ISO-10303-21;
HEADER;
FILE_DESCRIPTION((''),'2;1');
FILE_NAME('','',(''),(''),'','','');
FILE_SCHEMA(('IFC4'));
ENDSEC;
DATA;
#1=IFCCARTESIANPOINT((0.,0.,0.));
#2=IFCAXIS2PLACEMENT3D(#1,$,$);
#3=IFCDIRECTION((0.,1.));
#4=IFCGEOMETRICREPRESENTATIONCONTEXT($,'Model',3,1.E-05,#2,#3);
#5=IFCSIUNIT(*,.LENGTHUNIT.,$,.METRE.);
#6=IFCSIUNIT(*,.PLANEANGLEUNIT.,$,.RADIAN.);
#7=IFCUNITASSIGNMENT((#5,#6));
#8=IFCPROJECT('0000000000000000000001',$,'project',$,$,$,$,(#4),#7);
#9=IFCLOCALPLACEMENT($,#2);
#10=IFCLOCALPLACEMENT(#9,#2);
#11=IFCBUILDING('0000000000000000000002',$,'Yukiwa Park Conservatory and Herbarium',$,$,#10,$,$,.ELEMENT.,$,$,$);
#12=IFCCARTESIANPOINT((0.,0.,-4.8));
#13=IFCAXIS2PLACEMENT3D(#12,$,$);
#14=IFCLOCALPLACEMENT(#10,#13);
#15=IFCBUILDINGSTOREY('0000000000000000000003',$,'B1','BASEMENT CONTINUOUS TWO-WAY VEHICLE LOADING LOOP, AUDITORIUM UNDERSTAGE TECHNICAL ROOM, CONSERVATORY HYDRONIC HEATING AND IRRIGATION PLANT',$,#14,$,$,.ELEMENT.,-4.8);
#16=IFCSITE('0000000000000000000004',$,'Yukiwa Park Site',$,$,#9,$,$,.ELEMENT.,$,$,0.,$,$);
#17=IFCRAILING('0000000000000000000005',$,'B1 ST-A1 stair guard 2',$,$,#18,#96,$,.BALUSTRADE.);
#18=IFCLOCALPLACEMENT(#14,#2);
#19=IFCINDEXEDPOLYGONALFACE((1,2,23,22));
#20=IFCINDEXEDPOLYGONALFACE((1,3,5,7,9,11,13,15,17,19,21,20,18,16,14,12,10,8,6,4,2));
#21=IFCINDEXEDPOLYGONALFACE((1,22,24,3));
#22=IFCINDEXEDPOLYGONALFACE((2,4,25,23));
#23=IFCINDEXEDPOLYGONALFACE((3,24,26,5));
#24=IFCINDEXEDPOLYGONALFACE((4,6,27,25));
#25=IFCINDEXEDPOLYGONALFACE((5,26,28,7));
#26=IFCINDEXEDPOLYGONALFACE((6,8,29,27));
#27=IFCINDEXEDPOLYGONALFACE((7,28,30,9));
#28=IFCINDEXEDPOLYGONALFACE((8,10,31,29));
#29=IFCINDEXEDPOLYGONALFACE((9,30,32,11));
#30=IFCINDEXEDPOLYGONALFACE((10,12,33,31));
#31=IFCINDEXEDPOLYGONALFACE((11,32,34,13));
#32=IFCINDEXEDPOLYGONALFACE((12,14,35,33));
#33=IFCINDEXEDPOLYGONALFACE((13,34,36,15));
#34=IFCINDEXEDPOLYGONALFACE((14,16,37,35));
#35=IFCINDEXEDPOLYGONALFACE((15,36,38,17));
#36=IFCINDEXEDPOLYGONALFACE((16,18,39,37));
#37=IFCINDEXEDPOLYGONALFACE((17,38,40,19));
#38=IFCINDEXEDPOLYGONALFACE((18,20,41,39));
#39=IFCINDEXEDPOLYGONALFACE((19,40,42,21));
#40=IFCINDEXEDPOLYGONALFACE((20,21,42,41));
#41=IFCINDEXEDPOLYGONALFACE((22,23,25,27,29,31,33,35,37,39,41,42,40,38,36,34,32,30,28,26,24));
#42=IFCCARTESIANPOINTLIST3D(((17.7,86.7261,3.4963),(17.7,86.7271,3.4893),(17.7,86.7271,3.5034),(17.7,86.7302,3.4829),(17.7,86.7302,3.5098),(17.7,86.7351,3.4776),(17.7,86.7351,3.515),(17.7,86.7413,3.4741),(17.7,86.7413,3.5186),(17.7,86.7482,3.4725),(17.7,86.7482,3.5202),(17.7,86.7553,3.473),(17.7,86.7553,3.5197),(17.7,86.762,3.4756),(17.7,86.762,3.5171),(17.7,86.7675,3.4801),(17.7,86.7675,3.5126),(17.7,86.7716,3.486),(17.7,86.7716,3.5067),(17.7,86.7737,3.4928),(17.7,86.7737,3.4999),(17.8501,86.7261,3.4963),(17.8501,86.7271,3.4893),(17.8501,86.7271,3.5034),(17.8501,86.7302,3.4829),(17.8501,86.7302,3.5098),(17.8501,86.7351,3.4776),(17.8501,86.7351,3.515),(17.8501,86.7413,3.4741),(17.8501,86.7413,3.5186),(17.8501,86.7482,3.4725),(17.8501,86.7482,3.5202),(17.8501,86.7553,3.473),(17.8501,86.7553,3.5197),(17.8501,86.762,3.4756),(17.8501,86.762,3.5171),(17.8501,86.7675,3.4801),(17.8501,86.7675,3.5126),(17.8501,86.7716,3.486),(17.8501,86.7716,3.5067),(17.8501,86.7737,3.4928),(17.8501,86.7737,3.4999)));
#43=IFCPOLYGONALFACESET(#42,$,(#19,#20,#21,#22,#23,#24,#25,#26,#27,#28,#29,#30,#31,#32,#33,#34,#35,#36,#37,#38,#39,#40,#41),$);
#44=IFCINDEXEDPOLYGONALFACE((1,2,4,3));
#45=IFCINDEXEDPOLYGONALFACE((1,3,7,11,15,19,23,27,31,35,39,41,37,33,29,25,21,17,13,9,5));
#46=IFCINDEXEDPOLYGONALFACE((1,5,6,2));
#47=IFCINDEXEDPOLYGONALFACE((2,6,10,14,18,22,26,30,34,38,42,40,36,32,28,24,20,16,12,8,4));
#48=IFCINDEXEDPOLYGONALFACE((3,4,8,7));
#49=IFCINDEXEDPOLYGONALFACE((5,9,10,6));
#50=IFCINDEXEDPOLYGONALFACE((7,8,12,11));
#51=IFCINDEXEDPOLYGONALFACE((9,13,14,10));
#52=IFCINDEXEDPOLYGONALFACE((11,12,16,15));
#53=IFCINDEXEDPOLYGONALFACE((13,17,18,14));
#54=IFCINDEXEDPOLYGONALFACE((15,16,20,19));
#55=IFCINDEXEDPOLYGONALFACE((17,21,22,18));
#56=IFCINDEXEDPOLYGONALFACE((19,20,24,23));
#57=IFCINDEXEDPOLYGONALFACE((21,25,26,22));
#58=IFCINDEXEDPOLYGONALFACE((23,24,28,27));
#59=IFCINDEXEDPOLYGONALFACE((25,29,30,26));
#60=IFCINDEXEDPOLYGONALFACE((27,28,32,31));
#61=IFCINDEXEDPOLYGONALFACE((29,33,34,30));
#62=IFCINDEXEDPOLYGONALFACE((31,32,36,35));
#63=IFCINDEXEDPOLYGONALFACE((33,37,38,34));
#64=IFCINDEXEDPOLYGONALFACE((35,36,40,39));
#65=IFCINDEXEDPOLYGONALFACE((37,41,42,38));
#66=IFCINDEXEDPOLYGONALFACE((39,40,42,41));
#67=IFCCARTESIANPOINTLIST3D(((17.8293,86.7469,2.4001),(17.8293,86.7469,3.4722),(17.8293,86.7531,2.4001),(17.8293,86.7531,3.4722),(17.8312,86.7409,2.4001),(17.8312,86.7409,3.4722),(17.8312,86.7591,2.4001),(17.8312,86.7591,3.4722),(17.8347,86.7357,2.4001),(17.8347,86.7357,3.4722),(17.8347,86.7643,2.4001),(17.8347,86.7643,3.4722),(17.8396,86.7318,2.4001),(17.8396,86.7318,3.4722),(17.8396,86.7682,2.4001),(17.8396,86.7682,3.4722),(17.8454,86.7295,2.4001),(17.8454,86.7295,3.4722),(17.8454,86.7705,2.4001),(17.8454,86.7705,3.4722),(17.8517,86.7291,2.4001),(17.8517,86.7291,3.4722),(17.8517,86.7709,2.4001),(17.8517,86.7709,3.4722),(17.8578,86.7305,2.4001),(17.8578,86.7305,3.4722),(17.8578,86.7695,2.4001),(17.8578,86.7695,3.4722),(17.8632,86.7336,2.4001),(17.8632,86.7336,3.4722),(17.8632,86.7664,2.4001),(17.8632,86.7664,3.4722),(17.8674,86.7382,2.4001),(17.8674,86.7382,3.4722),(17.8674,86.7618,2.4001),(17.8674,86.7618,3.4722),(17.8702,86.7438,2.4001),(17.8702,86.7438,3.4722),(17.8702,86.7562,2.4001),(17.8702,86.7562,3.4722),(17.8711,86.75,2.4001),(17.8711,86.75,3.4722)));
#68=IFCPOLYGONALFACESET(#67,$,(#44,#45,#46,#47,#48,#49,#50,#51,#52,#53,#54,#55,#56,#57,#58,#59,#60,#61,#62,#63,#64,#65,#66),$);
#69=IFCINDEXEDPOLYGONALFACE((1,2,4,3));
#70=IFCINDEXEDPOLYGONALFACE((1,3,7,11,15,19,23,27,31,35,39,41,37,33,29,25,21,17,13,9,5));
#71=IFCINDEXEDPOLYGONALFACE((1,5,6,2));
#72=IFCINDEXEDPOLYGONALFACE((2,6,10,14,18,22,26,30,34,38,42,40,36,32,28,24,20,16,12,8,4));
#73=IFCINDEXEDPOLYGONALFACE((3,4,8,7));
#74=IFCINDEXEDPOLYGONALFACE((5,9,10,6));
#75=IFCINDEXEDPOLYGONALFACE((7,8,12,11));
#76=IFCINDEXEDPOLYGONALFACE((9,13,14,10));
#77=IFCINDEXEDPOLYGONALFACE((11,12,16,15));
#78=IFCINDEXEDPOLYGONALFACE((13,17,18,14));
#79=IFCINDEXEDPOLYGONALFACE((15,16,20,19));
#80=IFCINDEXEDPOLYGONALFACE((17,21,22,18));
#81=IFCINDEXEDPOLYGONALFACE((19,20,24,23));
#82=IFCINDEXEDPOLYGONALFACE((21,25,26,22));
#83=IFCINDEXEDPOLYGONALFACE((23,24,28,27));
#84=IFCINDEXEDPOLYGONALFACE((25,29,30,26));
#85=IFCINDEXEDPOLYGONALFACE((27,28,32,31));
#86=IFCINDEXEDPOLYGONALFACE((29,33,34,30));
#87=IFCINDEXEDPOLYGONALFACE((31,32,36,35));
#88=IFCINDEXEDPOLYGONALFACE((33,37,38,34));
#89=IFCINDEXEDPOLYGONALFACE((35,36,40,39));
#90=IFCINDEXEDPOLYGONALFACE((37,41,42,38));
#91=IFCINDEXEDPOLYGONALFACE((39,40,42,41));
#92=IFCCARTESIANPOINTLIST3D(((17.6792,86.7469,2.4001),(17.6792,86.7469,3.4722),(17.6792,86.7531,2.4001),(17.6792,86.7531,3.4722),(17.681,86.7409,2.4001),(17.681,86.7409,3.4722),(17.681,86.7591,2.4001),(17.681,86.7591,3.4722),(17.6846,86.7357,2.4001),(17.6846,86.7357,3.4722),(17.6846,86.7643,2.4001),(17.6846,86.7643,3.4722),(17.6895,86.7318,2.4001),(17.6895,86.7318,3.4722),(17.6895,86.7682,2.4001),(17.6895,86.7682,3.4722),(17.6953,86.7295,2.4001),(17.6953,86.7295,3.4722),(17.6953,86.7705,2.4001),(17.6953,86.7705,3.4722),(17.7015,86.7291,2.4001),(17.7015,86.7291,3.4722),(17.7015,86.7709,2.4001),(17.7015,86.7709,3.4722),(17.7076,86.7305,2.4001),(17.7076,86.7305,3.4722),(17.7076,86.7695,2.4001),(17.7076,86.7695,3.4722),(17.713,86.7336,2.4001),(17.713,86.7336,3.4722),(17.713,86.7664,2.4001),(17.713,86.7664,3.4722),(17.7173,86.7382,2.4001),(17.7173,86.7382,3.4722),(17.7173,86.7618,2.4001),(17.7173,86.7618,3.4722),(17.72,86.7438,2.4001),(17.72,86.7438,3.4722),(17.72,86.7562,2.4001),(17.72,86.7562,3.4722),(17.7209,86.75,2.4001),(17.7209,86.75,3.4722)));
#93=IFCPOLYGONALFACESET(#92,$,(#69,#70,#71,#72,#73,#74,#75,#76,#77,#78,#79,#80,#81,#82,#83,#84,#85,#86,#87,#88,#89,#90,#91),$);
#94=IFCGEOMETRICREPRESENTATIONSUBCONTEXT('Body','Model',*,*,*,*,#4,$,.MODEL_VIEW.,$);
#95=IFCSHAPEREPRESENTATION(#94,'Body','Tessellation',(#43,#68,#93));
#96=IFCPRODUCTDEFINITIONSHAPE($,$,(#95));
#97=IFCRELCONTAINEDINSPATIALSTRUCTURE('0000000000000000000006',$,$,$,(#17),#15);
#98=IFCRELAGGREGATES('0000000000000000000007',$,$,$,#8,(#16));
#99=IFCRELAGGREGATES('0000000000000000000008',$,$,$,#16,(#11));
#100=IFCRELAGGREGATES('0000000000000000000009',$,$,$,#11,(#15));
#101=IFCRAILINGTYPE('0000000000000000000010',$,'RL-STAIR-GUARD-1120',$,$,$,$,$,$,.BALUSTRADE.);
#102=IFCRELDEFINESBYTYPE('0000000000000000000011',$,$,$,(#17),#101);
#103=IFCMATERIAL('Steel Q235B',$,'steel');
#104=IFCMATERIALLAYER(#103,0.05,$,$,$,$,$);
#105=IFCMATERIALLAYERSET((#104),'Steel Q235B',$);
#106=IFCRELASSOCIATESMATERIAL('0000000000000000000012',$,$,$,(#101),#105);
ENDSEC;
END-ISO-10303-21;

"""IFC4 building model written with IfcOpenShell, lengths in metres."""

from ifc_helpers import new_model, si_unit, direction, frame, origin, origin_2d, place, context, subcontext, project, spatial, circle, extrude, material, layer, layer_set, type_object, element, save


model = new_model("IFC4")

# Units and contexts
model_context = context("Model", 3, precision=1e-05, world=origin(), true_north=direction((0.0, 1.0)))
body_context = subcontext(model_context, "Body", "Model", "MODEL_VIEW")
ifc_project = project(units=[si_unit("LENGTHUNIT", "METRE"), si_unit("PLANEANGLEUNIT", "RADIAN")], contexts=[model_context])

# Site, building, storey
site_placement = place(None, origin())
site = spatial("IfcSite", under=ifc_project, at=site_placement, Name="Yukiwa Park Site", CompositionType="ELEMENT", RefElevation=0.0)
building_placement = place(site_placement, origin())
building = spatial("IfcBuilding", under=site, at=building_placement, Name="Yukiwa Park Conservatory and Herbarium", CompositionType="ELEMENT")
storey_placement = place(building_placement, frame((0.0, 0.0, -4.8)))
storey = spatial("IfcBuildingStorey", under=building, at=storey_placement, Name="B1", Description="BASEMENT CONTINUOUS TWO-WAY VEHICLE LOADING LOOP, AUDITORIUM UNDERSTAGE TECHNICAL ROOM, CONSERVATORY HYDRONIC HEATING AND IRRIGATION PLANT", CompositionType="ELEMENT", Elevation=-4.8)

# Railing
ifc_material_1 = material(Name="Steel Q235B", Category="steel")
ifc_layer_1 = layer(ifc_material_1, 0.05)
ifc_layer_set_1 = layer_set([ifc_layer_1], Name="Steel Q235B")
railing_type_1 = type_object("IfcRailingType", Name="RL-STAIR-GUARD-1120", PredefinedType="BALUSTRADE", material=ifc_layer_set_1)
railing_1_placement = place(storey_placement, frame((17.8501, 86.75, 2.4001)))
element("IfcRailing", 1, at=railing_1_placement, inside=storey, type_object=railing_type_1, Name="B1 ST-A1 stair guard 2", PredefinedType="BALUSTRADE", context=body_context, shape_type="SweptSolid", body=[
    extrude(circle(Radius=0.0239, at=origin_2d()), frame((0.0, 0.0, 1.0962), z_axis=(-1.0, 0.0, 0.0), x_axis=(0.0, -1.0, 0.0)), (0.0, 0.0, 1.0), 0.1501),
    extrude(circle(Radius=0.021, at=origin_2d()), origin(), (0.0, 0.0, 1.0), 1.072),
    extrude(circle(Radius=0.021, at=origin_2d()), frame((-0.1501, 0.0, 0.0)), (0.0, 0.0, 1.0), 1.072),
])

save(model, "model.ifc")
